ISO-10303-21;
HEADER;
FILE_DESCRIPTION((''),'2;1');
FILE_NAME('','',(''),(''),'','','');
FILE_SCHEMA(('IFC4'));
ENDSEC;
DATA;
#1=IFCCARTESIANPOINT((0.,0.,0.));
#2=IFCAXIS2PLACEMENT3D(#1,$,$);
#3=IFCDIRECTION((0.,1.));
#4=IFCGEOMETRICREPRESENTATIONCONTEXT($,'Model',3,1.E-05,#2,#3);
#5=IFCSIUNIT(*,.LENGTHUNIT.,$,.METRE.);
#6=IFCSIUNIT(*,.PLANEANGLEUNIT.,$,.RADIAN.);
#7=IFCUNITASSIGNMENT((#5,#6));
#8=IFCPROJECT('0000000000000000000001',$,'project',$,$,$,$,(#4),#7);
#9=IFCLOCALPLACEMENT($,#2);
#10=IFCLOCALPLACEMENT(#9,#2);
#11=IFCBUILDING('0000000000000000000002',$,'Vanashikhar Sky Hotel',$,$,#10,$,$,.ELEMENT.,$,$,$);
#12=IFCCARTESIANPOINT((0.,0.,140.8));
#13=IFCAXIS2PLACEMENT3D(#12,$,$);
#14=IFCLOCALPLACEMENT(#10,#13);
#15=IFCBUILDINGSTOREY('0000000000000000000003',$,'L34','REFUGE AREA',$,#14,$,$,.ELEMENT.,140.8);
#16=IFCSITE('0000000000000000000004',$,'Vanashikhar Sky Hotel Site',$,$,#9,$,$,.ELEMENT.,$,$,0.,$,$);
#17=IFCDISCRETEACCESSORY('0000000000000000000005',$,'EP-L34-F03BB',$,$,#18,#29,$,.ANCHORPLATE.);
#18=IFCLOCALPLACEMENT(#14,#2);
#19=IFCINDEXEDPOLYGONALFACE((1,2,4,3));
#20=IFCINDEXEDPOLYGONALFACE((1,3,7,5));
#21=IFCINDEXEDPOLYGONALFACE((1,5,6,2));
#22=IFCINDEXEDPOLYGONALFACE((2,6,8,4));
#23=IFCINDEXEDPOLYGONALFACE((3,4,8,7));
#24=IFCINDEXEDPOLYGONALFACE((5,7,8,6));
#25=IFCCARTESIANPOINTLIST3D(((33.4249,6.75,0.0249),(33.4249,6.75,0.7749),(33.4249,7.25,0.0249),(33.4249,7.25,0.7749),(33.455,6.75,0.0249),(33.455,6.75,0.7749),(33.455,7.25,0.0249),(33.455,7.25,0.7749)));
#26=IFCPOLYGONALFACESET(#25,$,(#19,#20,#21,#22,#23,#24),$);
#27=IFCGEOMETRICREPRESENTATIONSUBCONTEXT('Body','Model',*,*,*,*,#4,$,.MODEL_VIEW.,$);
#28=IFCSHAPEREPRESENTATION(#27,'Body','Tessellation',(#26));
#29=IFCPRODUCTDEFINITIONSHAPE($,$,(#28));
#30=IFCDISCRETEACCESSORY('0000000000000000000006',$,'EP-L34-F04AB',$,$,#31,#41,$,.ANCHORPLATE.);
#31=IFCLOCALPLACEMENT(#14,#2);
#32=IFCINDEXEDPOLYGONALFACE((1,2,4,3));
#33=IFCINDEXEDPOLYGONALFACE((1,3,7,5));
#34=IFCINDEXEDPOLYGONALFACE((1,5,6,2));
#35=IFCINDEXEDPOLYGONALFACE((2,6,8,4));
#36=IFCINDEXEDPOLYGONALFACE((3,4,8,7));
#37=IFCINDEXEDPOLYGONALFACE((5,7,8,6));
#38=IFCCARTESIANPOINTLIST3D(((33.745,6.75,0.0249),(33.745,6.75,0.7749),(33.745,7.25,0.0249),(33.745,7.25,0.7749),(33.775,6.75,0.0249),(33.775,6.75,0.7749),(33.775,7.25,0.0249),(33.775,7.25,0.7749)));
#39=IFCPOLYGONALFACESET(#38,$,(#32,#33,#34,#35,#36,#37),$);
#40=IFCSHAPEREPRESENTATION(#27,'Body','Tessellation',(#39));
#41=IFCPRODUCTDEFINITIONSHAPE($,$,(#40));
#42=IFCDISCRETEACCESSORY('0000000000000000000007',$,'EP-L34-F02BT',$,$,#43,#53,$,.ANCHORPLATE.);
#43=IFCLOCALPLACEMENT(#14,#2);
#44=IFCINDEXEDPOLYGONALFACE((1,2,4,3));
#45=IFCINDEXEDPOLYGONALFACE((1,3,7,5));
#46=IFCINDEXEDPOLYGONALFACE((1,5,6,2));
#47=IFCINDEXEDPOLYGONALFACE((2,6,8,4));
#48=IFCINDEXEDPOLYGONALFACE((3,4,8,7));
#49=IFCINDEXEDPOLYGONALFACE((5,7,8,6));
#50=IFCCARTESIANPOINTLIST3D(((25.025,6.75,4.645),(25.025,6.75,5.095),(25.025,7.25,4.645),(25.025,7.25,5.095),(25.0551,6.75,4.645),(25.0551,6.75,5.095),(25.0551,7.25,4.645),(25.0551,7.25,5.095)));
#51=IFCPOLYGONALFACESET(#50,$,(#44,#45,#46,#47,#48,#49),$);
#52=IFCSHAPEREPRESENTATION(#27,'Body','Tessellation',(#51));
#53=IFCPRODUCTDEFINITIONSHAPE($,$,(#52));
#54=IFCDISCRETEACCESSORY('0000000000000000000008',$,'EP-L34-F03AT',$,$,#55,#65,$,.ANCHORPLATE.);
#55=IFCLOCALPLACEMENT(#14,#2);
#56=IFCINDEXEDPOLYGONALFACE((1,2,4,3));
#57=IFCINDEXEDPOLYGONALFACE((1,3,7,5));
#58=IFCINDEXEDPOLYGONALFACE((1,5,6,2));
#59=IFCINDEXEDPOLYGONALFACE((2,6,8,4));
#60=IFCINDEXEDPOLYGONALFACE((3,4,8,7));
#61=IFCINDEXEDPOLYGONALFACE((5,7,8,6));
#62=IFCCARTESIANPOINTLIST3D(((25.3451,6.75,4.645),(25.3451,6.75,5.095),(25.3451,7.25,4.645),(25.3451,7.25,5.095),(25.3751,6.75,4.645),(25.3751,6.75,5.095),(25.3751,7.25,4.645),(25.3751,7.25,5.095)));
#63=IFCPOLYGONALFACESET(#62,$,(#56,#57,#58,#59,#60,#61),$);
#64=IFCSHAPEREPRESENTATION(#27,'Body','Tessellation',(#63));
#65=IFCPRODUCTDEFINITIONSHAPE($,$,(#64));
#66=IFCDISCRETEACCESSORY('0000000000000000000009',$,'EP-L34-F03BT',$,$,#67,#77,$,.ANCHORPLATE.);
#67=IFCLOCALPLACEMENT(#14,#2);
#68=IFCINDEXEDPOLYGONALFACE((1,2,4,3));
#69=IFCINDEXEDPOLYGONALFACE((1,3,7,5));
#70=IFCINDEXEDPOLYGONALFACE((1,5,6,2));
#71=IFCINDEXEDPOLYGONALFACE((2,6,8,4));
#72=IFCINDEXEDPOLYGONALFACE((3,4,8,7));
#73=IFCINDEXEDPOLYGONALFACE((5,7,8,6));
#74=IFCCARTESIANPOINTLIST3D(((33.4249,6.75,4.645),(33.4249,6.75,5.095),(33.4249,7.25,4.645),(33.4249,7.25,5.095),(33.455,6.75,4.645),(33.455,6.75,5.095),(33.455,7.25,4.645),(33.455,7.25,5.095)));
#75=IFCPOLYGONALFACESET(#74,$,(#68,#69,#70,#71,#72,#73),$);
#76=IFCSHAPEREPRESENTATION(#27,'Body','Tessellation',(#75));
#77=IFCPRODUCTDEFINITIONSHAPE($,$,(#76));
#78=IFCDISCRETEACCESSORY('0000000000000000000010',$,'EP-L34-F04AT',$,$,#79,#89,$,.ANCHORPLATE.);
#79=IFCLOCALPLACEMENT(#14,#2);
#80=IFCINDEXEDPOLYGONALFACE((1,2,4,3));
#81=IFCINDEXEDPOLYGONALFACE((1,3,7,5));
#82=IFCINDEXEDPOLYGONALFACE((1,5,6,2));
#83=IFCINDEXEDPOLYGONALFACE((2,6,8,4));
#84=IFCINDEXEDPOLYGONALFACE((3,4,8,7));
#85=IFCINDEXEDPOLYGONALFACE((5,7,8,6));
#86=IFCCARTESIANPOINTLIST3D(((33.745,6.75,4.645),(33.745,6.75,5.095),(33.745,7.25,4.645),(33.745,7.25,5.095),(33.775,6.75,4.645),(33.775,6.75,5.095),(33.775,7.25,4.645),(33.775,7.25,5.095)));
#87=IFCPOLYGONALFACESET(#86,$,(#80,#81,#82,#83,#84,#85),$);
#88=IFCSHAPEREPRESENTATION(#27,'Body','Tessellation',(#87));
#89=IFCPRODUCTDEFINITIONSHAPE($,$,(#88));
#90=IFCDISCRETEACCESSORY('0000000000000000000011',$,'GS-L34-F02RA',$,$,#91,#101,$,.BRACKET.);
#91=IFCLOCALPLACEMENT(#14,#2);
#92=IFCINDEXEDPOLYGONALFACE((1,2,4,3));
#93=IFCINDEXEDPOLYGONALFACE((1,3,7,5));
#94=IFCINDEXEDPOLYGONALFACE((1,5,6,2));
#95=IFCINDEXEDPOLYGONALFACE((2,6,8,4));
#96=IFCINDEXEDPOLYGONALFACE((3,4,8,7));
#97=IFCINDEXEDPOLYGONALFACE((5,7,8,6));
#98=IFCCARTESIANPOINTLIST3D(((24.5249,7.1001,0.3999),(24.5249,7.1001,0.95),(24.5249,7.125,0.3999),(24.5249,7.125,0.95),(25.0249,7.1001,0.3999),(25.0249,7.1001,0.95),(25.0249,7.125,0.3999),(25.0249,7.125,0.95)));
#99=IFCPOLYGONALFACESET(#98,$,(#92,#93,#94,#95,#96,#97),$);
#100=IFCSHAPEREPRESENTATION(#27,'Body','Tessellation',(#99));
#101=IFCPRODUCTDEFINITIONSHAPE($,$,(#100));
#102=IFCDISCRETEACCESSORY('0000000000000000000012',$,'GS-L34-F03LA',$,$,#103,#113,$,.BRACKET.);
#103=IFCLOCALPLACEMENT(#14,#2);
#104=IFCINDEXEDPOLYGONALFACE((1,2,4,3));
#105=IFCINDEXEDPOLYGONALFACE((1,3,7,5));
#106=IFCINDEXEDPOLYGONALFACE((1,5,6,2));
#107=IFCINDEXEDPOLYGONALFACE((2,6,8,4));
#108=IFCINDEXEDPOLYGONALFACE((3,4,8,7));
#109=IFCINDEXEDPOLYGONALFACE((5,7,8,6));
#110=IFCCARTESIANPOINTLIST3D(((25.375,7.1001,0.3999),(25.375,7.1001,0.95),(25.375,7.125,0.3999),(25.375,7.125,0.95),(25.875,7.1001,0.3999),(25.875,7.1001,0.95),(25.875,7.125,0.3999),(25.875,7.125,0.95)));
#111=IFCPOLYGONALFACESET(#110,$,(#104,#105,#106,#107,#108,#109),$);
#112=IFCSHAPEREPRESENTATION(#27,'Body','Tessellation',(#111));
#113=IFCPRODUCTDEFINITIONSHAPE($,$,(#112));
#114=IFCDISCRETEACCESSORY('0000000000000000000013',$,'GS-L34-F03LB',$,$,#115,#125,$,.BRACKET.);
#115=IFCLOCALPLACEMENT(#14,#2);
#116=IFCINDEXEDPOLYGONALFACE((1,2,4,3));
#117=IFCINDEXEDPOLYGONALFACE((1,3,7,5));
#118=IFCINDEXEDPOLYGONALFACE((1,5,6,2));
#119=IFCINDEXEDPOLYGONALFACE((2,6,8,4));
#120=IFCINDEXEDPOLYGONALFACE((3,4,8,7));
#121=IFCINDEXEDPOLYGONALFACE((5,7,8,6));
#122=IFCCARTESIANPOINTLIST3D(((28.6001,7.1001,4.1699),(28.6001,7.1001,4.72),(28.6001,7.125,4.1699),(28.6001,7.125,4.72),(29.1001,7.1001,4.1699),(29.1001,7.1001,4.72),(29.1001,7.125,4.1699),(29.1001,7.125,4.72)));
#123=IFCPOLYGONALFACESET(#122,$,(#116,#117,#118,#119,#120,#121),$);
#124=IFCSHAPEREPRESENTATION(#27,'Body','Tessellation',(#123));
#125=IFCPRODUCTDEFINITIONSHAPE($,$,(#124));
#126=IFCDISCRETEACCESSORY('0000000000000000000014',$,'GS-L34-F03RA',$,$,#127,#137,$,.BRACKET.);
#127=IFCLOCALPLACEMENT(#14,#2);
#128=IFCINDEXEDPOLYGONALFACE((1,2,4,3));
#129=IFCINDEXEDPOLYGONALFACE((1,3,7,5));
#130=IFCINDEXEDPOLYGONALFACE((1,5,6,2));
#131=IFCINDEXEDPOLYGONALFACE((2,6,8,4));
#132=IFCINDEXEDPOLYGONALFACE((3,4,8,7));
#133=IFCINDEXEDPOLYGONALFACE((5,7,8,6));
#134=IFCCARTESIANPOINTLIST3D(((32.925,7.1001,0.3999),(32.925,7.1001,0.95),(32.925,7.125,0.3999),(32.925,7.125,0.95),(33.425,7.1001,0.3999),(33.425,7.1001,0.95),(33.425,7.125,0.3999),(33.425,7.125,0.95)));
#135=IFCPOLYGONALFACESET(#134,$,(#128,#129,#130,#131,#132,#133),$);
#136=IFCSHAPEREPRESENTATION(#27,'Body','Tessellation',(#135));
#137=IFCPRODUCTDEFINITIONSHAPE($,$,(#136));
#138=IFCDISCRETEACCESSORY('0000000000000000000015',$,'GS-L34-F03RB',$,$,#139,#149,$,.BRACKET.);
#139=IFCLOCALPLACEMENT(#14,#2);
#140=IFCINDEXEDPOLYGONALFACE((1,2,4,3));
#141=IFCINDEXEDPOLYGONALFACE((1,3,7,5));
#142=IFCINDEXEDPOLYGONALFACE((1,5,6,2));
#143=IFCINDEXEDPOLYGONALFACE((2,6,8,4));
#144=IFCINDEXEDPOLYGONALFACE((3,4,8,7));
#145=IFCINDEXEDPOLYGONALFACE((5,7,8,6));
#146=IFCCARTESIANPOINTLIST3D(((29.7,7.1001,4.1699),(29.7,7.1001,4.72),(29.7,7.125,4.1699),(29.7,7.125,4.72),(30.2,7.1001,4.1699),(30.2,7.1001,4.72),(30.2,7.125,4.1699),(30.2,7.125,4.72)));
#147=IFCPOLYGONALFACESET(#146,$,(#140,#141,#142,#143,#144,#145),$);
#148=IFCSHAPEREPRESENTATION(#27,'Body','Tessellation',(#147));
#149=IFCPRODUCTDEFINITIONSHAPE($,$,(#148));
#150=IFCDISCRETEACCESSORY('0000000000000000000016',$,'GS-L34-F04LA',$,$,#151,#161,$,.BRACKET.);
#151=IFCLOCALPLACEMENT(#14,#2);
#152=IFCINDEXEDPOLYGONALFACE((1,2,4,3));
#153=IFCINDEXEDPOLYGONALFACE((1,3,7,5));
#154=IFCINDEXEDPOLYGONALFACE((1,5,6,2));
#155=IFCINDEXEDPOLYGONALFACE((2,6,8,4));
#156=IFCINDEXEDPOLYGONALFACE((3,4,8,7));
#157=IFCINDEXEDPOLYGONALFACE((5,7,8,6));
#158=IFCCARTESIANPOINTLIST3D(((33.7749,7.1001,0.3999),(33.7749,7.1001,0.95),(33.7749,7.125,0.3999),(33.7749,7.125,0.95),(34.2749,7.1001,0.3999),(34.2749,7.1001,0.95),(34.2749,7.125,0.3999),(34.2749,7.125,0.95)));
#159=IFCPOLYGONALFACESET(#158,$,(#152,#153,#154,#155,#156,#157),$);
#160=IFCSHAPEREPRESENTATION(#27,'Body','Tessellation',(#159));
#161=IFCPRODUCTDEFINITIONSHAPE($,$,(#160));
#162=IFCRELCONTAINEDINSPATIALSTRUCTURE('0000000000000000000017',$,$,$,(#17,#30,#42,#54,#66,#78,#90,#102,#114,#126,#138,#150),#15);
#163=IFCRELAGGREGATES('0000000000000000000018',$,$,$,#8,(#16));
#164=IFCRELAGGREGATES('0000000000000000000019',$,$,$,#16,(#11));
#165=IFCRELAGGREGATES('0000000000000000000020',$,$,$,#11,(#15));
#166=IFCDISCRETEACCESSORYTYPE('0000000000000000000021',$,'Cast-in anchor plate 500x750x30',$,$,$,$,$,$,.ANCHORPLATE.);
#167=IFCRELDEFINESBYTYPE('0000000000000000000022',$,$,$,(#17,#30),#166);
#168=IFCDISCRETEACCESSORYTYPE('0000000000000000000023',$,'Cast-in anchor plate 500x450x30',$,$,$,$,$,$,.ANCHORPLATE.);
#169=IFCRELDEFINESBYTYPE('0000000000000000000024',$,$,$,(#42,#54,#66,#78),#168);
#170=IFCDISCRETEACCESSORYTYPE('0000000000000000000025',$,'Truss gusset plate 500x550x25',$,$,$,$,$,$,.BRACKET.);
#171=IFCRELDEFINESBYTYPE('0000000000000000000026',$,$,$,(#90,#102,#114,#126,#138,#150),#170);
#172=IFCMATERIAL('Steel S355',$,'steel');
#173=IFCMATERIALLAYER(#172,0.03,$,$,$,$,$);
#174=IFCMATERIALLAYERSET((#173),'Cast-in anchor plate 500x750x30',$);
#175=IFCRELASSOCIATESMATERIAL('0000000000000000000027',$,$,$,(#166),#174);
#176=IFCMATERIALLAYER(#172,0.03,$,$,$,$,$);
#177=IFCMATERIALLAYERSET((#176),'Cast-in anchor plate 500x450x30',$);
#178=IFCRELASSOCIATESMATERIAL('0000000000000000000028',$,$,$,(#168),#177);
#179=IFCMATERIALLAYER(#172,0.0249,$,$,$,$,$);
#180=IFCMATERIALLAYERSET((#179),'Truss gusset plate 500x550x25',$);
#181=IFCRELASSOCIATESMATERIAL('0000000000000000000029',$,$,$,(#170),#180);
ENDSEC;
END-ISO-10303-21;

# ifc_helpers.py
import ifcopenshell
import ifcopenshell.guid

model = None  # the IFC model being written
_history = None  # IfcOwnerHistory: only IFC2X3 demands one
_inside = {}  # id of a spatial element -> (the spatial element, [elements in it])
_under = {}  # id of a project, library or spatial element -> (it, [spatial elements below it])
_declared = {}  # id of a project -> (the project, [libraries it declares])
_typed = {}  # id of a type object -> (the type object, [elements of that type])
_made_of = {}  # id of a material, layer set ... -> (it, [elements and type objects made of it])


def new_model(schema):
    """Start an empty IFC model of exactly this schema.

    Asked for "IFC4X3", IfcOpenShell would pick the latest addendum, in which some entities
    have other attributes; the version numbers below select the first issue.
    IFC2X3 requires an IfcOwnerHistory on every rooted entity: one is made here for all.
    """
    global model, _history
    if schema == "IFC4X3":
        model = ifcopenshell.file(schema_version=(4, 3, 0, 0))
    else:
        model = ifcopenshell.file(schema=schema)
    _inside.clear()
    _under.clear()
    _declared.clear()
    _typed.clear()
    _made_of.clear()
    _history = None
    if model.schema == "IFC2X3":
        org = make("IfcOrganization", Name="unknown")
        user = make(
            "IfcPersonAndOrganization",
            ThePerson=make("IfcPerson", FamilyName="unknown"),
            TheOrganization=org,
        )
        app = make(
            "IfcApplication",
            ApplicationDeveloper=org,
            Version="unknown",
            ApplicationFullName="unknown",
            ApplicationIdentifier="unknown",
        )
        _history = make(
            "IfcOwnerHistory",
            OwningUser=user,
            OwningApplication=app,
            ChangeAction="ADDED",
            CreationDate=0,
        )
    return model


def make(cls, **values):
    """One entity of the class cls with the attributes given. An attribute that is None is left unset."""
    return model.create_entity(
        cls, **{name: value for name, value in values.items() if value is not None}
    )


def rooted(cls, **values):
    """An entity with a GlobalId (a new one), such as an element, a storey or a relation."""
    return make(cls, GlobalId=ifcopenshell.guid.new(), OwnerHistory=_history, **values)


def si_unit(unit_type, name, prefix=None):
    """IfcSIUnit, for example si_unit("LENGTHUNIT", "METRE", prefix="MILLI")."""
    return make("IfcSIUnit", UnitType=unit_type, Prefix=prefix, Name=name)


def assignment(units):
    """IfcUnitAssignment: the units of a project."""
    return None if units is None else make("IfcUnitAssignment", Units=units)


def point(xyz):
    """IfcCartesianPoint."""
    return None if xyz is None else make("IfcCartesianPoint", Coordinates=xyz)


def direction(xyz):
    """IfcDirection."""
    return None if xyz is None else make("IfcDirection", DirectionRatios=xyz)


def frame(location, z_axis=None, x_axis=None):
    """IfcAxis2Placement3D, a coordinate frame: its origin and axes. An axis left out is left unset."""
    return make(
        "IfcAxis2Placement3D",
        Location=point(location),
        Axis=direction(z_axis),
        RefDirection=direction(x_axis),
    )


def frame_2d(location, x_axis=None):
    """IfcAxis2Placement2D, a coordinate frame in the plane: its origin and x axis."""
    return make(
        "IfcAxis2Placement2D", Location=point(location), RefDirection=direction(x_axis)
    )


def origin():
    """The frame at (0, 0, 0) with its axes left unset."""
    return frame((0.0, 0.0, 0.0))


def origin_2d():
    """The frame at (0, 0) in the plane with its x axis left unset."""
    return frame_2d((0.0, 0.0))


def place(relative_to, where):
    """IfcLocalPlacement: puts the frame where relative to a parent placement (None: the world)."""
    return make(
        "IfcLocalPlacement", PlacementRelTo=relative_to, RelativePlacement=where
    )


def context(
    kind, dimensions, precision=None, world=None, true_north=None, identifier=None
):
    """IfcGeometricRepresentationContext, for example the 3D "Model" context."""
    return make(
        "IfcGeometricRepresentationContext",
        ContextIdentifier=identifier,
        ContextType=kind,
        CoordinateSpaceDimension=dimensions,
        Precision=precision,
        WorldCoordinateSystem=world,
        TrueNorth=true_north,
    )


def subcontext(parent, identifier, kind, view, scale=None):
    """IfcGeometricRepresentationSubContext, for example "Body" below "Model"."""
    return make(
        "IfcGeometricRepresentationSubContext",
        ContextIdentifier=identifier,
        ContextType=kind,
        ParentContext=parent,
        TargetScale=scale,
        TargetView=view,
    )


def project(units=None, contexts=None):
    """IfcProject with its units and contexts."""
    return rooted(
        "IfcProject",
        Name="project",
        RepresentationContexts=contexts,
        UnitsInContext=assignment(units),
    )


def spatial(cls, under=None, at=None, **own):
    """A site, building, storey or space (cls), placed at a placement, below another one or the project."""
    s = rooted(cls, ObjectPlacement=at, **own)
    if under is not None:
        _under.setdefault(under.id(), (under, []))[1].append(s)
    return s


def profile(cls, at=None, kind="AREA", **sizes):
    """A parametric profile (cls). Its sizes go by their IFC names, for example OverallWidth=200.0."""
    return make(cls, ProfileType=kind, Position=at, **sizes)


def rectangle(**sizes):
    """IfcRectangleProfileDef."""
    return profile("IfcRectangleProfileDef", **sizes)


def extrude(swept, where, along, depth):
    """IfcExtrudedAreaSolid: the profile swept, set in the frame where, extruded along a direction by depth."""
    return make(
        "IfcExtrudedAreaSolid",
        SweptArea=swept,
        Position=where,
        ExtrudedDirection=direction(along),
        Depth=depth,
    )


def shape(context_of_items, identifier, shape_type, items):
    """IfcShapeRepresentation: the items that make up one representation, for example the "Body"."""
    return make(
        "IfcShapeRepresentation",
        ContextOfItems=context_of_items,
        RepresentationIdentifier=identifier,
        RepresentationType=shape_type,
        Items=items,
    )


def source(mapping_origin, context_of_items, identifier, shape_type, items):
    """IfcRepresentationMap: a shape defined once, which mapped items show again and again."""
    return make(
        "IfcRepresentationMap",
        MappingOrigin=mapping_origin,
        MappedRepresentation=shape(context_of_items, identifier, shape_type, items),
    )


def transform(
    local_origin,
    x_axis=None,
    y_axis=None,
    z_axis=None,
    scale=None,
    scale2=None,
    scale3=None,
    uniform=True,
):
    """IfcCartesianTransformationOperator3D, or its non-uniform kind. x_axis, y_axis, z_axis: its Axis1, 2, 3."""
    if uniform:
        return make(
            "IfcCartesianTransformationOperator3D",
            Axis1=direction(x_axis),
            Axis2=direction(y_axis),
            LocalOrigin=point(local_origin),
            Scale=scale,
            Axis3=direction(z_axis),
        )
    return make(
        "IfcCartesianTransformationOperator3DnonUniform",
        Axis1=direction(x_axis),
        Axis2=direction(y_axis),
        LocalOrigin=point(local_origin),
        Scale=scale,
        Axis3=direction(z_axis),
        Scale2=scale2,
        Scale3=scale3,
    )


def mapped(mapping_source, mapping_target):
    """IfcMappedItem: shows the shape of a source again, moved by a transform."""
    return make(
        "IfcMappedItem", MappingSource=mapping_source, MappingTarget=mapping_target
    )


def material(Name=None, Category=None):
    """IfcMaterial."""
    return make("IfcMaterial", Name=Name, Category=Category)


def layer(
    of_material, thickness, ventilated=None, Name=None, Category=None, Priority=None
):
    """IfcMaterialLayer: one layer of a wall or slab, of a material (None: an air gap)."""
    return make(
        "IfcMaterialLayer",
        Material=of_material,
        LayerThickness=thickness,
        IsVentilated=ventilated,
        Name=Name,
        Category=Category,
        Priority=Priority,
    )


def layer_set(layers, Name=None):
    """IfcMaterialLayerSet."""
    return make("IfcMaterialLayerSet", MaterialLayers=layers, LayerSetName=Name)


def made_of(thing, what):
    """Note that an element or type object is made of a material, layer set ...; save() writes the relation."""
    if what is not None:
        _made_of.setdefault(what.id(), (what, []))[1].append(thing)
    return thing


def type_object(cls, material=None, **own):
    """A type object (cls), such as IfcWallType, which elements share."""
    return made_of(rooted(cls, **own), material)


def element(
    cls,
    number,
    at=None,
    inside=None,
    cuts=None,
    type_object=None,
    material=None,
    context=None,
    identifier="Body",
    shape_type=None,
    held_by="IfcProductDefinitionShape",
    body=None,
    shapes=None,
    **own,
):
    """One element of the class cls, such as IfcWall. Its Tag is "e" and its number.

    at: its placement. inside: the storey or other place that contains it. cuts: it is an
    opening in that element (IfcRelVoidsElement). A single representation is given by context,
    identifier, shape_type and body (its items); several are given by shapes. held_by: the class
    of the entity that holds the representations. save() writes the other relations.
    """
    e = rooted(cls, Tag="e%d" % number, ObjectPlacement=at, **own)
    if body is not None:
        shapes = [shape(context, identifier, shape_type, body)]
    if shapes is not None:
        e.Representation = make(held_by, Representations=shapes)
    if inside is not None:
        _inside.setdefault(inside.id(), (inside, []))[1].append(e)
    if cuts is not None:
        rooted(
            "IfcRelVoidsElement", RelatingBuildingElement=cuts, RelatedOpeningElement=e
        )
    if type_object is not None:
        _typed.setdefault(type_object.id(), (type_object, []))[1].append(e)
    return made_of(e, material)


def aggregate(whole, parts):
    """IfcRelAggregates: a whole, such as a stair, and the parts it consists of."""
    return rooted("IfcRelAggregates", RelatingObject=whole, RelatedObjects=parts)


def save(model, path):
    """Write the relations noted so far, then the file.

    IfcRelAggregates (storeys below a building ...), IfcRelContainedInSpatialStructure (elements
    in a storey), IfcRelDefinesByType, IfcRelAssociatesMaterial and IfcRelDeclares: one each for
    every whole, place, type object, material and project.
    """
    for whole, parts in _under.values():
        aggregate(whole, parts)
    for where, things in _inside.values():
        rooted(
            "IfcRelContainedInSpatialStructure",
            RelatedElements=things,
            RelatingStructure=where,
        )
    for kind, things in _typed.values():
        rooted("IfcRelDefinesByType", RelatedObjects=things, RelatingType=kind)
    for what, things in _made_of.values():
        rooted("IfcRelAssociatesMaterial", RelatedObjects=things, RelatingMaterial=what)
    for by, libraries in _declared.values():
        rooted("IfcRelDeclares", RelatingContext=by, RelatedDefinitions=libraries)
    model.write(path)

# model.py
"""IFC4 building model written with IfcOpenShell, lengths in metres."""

from ifc_helpers import new_model, si_unit, direction, frame, origin, origin_2d, place, context, subcontext, project, spatial, rectangle, extrude, source, transform, mapped, material, layer, layer_set, type_object, element, save


model = new_model("IFC4")

# Units and contexts
model_context = context("Model", 3, precision=1e-05, world=origin(), true_north=direction((0.0, 1.0)))
body_context = subcontext(model_context, "Body", "Model", "MODEL_VIEW")
ifc_project = project(units=[si_unit("LENGTHUNIT", "METRE"), si_unit("PLANEANGLEUNIT", "RADIAN")], contexts=[model_context])

# Site, building, storey
site_placement = place(None, origin())
site = spatial("IfcSite", under=ifc_project, at=site_placement, Name="Vanashikhar Sky Hotel Site", CompositionType="ELEMENT", RefElevation=0.0)
building_placement = place(site_placement, origin())
building = spatial("IfcBuilding", under=site, at=building_placement, Name="Vanashikhar Sky Hotel", CompositionType="ELEMENT")
storey_placement = place(building_placement, frame((0.0, 0.0, 140.8)))
storey = spatial("IfcBuildingStorey", under=building, at=storey_placement, Name="L34", Description="REFUGE AREA", CompositionType="ELEMENT", Elevation=140.8)

# Shared definitions
ifc_material_1 = material(Name="Steel S355", Category="steel")

# Discrete accessories
ifc_layer_1 = layer(ifc_material_1, 0.03)
ifc_layer_set_1 = layer_set([ifc_layer_1], Name="Cast-in anchor plate 500x750x30")
discrete_accessory_type_1 = type_object("IfcDiscreteAccessoryType", Name="Cast-in anchor plate 500x750x30", PredefinedType="ANCHORPLATE", material=ifc_layer_set_1)
shared_shape_1 = source(origin(), body_context, "Body", "SweptSolid", [
    extrude(rectangle(XDim=0.03, YDim=0.5, at=origin_2d()), origin(), (0.0, 0.0, 1.0), 0.75),
])
for number, where, z_axis, x_axis, name in (
    (1, (33.4399, 7.0, 0.0249), (0.0, 0.0, 1.0), (1.0, 0.0, 0.0), "EP-L34-F03BB"),
    (2, (33.76, 7.0, 0.0249), (0.0, 0.0, 1.0), (1.0, 0.0, 0.0), "EP-L34-F04AB"),
):
    element("IfcDiscreteAccessory", number, at=place(storey_placement, frame(where, z_axis=z_axis, x_axis=x_axis)), inside=storey, type_object=discrete_accessory_type_1, Name=name, PredefinedType="ANCHORPLATE", context=body_context, shape_type="MappedRepresentation", body=[
        mapped(shared_shape_1, transform((0.0, 0.0, 0.0), scale=1.0)),
    ])
ifc_layer_2 = layer(ifc_material_1, 0.03)
ifc_layer_set_2 = layer_set([ifc_layer_2], Name="Cast-in anchor plate 500x450x30")
discrete_accessory_type_2 = type_object("IfcDiscreteAccessoryType", Name="Cast-in anchor plate 500x450x30", PredefinedType="ANCHORPLATE", material=ifc_layer_set_2)
shared_shape_2 = source(origin(), body_context, "Body", "SweptSolid", [
    extrude(rectangle(XDim=0.03, YDim=0.5, at=origin_2d()), origin(), (0.0, 0.0, 1.0), 0.45),
])
for number, where, z_axis, x_axis, name in (
    (3, (25.04, 7.0, 4.645), (0.0, 0.0, 1.0), (1.0, 0.0, 0.0), "EP-L34-F02BT"),
    (4, (25.3601, 7.0, 4.645), (0.0, 0.0, 1.0), (1.0, 0.0, 0.0), "EP-L34-F03AT"),
    (5, (33.4399, 7.0, 4.645), (0.0, 0.0, 1.0), (1.0, 0.0, 0.0), "EP-L34-F03BT"),
    (6, (33.76, 7.0, 4.645), (0.0, 0.0, 1.0), (1.0, 0.0, 0.0), "EP-L34-F04AT"),
):
    element("IfcDiscreteAccessory", number, at=place(storey_placement, frame(where, z_axis=z_axis, x_axis=x_axis)), inside=storey, type_object=discrete_accessory_type_2, Name=name, PredefinedType="ANCHORPLATE", context=body_context, shape_type="MappedRepresentation", body=[
        mapped(shared_shape_2, transform((0.0, 0.0, 0.0), scale=1.0)),
    ])
ifc_layer_3 = layer(ifc_material_1, 0.0249)
ifc_layer_set_3 = layer_set([ifc_layer_3], Name="Truss gusset plate 500x550x25")
discrete_accessory_type_3 = type_object("IfcDiscreteAccessoryType", Name="Truss gusset plate 500x550x25", PredefinedType="BRACKET", material=ifc_layer_set_3)
shared_shape_3 = source(origin(), body_context, "Body", "SweptSolid", [
    extrude(rectangle(XDim=0.5, YDim=0.0249, at=origin_2d()), origin(), (0.0, 0.0, 1.0), 0.55),
])
for number, where, z_axis, x_axis, name in (
    (7, (24.7749, 7.1125, 0.3999), (0.0, 0.0, 1.0), (1.0, 0.0, 0.0), "GS-L34-F02RA"),
    (8, (25.625, 7.1125, 0.3999), (0.0, 0.0, 1.0), (1.0, 0.0, 0.0), "GS-L34-F03LA"),
    (9, (28.8501, 7.1125, 4.1699), (0.0, 0.0, 1.0), (1.0, 0.0, 0.0), "GS-L34-F03LB"),
    (10, (33.175, 7.1125, 0.3999), (0.0, 0.0, 1.0), (1.0, 0.0, 0.0), "GS-L34-F03RA"),
    (11, (29.95, 7.1125, 4.1699), (0.0, 0.0, 1.0), (1.0, 0.0, 0.0), "GS-L34-F03RB"),
    (12, (34.0249, 7.1125, 0.3999), (0.0, 0.0, 1.0), (1.0, 0.0, 0.0), "GS-L34-F04LA"),
):
    element("IfcDiscreteAccessory", number, at=place(storey_placement, frame(where, z_axis=z_axis, x_axis=x_axis)), inside=storey, type_object=discrete_accessory_type_3, Name=name, PredefinedType="BRACKET", context=body_context, shape_type="MappedRepresentation", body=[
        mapped(shared_shape_3, transform((0.0, 0.0, 0.0), scale=1.0)),
    ])

save(model, "model.ifc")
